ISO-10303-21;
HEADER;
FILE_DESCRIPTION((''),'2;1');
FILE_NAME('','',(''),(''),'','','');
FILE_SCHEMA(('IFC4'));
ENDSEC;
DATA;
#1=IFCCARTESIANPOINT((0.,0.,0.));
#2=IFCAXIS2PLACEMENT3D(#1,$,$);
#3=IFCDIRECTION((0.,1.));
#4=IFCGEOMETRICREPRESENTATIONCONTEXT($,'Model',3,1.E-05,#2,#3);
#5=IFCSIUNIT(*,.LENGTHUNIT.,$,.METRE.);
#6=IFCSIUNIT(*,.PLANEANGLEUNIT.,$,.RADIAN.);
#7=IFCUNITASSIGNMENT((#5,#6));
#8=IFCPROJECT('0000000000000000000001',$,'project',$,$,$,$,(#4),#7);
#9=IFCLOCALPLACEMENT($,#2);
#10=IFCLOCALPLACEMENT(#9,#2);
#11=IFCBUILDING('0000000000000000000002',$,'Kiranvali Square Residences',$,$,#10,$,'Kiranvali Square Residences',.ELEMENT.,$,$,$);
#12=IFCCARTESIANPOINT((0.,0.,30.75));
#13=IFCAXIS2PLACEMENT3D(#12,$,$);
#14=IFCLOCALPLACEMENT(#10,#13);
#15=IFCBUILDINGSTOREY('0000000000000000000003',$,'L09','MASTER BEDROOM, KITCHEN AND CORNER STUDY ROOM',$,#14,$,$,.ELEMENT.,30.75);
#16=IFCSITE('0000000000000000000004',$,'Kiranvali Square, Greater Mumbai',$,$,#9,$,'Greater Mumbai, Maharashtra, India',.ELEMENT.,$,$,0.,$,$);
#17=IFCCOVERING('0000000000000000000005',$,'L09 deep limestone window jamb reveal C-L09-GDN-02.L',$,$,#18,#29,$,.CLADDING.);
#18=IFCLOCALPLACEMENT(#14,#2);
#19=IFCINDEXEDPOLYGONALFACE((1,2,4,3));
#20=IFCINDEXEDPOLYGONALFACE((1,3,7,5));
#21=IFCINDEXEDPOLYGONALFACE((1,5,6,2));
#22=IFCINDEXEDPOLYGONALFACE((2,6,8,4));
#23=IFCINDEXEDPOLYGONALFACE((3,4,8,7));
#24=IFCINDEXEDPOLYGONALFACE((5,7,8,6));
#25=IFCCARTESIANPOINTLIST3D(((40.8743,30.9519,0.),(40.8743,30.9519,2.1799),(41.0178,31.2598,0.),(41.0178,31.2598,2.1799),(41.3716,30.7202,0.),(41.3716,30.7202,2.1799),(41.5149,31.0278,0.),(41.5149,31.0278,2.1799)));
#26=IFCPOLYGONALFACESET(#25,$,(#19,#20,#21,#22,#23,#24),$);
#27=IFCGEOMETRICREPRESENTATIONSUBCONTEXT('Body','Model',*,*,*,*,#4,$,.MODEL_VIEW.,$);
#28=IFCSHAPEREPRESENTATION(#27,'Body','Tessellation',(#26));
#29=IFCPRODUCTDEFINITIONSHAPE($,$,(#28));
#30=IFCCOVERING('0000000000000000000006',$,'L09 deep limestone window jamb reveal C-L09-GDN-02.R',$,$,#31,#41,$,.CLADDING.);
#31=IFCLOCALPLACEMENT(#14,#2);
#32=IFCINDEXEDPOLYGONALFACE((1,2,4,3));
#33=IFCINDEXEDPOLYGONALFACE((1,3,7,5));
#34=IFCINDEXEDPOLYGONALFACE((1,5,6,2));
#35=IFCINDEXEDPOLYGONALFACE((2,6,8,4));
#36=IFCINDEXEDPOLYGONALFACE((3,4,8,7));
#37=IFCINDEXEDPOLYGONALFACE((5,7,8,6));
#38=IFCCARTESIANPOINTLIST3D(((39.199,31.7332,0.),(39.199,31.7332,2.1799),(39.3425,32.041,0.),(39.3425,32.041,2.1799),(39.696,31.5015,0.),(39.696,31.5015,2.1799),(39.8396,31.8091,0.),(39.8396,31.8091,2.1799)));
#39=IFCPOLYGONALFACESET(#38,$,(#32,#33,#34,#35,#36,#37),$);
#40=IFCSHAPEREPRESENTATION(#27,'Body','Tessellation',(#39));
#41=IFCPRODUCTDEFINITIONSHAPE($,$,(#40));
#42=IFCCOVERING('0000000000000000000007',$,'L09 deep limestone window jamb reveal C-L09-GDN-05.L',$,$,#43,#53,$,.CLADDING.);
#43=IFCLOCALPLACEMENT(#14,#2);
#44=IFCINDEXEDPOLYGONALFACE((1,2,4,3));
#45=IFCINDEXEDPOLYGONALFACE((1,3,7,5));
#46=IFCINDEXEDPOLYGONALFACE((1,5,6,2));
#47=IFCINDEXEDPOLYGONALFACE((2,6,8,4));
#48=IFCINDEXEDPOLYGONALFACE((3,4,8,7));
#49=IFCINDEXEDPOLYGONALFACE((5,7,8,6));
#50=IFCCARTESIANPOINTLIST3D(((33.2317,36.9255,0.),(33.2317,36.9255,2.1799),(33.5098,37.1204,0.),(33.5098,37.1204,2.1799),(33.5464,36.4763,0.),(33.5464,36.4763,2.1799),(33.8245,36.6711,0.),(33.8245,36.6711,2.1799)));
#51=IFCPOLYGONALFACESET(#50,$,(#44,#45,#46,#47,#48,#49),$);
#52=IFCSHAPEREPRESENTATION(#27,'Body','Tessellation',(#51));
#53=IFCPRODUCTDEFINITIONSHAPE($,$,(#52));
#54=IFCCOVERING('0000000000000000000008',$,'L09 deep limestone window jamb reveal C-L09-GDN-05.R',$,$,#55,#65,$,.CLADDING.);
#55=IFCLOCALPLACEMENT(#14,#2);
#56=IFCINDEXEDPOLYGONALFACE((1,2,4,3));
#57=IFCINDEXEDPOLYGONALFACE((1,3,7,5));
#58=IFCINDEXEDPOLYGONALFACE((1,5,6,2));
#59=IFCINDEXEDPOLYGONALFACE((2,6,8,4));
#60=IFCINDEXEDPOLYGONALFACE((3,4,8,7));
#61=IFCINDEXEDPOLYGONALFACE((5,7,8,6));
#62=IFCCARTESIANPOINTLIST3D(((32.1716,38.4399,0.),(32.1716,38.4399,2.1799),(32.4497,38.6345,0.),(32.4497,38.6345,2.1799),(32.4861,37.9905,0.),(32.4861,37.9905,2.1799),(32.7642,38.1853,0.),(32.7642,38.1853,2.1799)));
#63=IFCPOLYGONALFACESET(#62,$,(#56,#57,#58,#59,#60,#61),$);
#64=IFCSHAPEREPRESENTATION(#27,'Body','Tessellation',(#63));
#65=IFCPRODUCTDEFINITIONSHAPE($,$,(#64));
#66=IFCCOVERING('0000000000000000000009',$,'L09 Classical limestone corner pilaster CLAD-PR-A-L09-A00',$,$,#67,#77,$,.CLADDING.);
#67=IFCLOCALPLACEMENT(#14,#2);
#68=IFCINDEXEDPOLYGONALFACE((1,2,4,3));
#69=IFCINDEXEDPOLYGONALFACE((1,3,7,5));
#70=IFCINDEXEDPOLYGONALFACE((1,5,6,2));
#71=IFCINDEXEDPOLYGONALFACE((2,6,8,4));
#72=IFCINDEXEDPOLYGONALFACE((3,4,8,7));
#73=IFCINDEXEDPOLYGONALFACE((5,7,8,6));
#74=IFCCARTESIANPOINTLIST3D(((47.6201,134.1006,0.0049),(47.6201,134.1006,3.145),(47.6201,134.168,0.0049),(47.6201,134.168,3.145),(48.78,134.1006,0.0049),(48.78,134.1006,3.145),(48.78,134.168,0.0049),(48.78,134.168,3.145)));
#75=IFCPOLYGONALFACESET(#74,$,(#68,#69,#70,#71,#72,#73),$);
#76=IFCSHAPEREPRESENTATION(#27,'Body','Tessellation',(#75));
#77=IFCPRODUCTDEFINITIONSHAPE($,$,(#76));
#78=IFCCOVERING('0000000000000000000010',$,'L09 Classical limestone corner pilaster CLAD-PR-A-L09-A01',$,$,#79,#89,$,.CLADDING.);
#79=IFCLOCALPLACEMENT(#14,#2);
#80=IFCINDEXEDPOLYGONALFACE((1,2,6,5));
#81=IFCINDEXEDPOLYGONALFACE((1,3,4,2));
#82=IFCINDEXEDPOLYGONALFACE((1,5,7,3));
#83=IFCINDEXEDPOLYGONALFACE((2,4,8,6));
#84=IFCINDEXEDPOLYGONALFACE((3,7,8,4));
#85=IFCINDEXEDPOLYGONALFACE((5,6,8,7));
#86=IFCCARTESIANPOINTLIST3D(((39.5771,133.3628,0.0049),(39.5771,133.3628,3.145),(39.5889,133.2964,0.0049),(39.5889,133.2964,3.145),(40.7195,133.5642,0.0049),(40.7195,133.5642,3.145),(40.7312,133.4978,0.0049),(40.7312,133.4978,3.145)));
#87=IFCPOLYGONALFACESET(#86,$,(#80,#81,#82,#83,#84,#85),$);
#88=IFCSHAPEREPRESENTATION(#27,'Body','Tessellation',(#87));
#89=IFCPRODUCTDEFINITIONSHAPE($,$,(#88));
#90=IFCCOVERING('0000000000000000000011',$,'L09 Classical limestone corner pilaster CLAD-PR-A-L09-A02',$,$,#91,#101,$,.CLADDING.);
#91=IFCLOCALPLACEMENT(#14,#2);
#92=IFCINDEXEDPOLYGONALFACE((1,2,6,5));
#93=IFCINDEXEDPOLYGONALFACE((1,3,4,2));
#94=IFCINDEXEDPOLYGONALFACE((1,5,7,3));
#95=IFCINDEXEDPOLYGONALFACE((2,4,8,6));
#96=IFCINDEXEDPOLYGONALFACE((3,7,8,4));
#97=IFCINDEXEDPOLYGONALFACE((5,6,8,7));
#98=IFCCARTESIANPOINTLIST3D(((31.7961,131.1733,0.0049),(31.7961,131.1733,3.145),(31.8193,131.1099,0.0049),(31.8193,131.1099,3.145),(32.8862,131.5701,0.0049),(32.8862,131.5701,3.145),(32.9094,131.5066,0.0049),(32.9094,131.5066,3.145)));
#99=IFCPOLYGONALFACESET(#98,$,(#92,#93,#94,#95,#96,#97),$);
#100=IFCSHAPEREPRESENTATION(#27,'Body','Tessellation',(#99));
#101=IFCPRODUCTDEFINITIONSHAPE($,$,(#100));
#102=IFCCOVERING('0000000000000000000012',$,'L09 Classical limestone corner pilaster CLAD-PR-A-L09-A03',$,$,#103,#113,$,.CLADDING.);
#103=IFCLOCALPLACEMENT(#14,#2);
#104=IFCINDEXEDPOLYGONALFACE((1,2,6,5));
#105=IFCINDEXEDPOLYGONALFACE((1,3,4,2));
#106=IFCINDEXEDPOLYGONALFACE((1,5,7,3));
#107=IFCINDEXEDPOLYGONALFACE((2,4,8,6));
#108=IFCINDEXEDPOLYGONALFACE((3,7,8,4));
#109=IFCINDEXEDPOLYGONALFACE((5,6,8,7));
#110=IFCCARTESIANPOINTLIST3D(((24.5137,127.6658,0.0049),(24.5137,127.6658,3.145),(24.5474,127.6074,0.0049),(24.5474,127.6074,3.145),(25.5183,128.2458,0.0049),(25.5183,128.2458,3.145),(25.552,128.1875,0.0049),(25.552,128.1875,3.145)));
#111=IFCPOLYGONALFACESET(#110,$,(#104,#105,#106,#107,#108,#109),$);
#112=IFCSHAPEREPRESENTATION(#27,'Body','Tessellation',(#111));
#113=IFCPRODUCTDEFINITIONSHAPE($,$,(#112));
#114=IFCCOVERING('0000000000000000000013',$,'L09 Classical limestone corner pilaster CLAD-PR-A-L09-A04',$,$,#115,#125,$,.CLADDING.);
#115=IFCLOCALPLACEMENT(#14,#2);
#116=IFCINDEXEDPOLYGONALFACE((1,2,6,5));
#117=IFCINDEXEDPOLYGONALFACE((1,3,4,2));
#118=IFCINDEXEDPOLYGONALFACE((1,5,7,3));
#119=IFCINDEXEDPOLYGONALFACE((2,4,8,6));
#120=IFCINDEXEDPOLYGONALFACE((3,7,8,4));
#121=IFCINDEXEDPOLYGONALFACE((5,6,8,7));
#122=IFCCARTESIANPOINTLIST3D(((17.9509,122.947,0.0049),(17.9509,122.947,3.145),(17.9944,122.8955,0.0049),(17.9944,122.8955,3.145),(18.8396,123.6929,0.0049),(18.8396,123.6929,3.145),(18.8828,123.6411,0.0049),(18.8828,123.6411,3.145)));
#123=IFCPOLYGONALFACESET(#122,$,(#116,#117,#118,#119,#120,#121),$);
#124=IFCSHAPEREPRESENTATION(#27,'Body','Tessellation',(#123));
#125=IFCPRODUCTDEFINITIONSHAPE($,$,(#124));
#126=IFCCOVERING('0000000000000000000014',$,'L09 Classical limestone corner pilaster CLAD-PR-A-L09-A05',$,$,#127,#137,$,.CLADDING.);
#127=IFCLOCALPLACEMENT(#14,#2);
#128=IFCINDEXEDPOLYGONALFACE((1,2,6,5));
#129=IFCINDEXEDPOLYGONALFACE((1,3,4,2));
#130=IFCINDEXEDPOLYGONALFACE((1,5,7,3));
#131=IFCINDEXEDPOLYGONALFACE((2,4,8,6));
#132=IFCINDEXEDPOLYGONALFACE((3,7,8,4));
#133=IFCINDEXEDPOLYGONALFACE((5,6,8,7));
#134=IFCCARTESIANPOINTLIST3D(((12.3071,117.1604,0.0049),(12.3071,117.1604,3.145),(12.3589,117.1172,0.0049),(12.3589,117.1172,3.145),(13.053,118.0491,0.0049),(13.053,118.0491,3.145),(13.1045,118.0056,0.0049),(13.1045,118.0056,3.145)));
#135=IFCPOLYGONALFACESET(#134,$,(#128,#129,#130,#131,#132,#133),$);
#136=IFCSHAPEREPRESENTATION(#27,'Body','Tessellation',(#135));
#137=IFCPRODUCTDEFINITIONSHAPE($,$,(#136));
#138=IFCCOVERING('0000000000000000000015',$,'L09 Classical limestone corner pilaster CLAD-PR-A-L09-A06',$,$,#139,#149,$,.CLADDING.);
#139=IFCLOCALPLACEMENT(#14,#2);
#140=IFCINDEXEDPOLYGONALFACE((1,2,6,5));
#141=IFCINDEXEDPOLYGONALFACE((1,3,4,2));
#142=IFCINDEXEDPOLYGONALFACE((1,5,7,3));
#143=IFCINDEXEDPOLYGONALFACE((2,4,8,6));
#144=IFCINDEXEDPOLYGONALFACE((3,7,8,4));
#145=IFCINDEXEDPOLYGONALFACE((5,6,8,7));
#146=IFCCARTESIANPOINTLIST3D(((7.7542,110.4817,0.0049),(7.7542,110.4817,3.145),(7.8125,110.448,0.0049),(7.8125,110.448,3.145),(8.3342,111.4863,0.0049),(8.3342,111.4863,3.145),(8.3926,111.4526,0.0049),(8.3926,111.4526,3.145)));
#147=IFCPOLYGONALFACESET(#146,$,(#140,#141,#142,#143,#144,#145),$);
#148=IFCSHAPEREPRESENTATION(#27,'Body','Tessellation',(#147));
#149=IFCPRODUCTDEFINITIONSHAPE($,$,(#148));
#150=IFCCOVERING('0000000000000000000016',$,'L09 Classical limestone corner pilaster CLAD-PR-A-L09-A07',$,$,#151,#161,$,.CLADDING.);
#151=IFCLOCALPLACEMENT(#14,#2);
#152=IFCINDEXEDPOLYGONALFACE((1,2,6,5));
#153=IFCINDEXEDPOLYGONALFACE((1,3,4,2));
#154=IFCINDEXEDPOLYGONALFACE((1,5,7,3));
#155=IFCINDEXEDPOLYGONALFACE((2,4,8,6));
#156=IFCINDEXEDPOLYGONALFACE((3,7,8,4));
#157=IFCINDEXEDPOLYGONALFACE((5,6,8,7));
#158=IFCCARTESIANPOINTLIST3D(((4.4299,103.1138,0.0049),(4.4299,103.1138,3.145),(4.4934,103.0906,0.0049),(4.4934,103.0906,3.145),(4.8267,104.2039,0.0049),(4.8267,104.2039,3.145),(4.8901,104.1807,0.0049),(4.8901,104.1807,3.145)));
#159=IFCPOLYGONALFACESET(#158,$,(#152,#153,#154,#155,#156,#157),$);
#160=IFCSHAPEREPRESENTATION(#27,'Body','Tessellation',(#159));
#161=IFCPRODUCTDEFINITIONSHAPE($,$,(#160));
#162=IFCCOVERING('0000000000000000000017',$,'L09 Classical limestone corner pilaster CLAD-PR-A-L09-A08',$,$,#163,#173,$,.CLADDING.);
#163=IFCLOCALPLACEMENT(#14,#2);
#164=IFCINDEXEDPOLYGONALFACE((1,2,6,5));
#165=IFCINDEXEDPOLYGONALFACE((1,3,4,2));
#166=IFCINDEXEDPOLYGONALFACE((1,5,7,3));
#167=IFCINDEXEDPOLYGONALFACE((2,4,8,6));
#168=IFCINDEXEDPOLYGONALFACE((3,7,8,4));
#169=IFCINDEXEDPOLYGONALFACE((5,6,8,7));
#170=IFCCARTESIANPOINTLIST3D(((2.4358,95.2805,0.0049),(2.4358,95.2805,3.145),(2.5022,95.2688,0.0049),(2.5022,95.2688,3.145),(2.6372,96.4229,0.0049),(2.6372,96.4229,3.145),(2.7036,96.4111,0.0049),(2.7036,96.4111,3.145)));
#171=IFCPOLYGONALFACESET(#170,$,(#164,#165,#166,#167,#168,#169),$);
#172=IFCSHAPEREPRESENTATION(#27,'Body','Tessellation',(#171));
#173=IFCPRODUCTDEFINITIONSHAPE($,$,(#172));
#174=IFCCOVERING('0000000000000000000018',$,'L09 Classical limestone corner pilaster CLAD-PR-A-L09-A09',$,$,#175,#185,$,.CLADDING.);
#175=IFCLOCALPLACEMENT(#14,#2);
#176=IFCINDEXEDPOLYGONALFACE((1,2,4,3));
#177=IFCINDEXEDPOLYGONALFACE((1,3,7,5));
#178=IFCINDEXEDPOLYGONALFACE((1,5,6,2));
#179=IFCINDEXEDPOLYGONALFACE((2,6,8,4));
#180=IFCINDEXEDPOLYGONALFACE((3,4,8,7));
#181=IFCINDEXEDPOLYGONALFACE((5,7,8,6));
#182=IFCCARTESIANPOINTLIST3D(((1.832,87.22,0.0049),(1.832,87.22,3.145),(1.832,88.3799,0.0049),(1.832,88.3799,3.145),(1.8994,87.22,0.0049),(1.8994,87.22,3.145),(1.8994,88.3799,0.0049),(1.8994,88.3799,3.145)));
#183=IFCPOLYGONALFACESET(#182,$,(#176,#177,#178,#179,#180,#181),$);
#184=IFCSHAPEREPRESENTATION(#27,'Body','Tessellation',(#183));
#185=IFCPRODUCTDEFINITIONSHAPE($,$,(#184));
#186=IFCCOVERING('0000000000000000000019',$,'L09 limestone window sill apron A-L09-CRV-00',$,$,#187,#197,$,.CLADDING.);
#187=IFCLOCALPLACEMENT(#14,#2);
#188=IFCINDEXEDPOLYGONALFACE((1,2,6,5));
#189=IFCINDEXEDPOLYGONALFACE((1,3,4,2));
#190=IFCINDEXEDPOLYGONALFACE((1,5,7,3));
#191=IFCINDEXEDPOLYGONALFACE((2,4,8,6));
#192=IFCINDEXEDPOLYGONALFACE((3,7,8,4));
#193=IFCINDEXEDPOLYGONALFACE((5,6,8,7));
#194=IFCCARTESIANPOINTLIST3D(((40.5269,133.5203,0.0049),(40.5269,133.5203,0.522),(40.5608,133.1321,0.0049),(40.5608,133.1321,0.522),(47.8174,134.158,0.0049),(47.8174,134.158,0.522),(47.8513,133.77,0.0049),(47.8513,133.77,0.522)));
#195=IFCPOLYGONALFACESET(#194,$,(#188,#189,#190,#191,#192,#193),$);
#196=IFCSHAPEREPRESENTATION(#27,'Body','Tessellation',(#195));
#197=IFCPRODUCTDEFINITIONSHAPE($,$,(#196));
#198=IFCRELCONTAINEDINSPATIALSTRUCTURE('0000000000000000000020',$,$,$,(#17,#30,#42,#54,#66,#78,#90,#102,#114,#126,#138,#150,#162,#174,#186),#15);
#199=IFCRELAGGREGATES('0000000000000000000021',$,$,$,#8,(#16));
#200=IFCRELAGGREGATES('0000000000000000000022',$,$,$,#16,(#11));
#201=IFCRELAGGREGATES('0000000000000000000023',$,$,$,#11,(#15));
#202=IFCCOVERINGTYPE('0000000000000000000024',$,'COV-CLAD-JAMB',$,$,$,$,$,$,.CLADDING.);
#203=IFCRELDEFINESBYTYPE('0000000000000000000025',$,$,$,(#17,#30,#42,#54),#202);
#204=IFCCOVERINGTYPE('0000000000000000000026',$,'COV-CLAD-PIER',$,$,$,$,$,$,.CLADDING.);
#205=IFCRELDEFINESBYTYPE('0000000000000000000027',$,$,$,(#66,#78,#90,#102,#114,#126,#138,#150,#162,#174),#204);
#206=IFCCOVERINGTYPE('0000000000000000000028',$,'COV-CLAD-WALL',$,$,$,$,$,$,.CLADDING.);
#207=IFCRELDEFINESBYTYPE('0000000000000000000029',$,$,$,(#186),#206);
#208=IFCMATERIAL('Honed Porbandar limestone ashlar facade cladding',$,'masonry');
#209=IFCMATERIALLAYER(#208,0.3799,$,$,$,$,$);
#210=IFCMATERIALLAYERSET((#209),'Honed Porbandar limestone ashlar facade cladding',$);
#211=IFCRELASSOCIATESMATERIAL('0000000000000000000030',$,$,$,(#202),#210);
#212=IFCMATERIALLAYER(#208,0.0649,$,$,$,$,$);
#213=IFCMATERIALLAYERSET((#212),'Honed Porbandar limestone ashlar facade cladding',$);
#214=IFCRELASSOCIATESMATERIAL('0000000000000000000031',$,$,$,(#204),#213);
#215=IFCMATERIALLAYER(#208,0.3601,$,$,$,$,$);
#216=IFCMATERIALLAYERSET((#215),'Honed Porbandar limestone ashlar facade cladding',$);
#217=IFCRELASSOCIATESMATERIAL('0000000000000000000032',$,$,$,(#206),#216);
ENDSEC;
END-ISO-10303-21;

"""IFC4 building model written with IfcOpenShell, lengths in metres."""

from ifc_helpers import new_model, si_unit, direction, frame, origin, place, context, subcontext, project, spatial, polyline, outline, extrude, material, layer, layer_set, type_object, element, save


model = new_model("IFC4")

# Units and contexts
model_context = context("Model", 3, precision=1e-05, world=origin(), true_north=direction((0.0, 1.0)))
body_context = subcontext(model_context, "Body", "Model", "MODEL_VIEW")
ifc_project = project(units=[si_unit("LENGTHUNIT", "METRE"), si_unit("PLANEANGLEUNIT", "RADIAN")], contexts=[model_context])

# Site, building, storey
site_placement = place(None, origin())
site = spatial("IfcSite", under=ifc_project, at=site_placement, Name="Kiranvali Square, Greater Mumbai", LongName="Greater Mumbai, Maharashtra, India", CompositionType="ELEMENT", RefElevation=0.0)
building_placement = place(site_placement, origin())
building = spatial("IfcBuilding", under=site, at=building_placement, Name="Kiranvali Square Residences", LongName="Kiranvali Square Residences", CompositionType="ELEMENT")
storey_placement = place(building_placement, frame((0.0, 0.0, 30.75)))
storey = spatial("IfcBuildingStorey", under=building, at=storey_placement, Name="L09", Description="MASTER BEDROOM, KITCHEN AND CORNER STUDY ROOM", CompositionType="ELEMENT", Elevation=30.75)

# Coverings
ifc_material = material(Name="Honed Porbandar limestone ashlar facade cladding", Category="masonry")
ifc_layer_1 = layer(ifc_material, 0.3799)
ifc_layer_set_1 = layer_set([ifc_layer_1], Name="Honed Porbandar limestone ashlar facade cladding")
covering_type_1 = type_object("IfcCoveringType", Name="COV-CLAD-JAMB", PredefinedType="CLADDING", material=ifc_layer_set_1)
covering_1_placement = place(storey_placement, origin())
element("IfcCovering", 1, at=covering_1_placement, inside=storey, type_object=covering_type_1, Name="L09 deep limestone window jamb reveal C-L09-GDN-02.L", PredefinedType="CLADDING", context=body_context, shape_type="SweptSolid", body=[
    extrude(outline(polyline([(41.5149, 31.0278), (41.0178, 31.2598), (40.8743, 30.9519), (41.3716, 30.7202), (41.5149, 31.0278)])), origin(), (0.0, 0.0, 1.0), 2.1799),
])
covering_2_placement = place(storey_placement, origin())
element("IfcCovering", 2, at=covering_2_placement, inside=storey, type_object=covering_type_1, Name="L09 deep limestone window jamb reveal C-L09-GDN-02.R", PredefinedType="CLADDING", context=body_context, shape_type="SweptSolid", body=[
    extrude(outline(polyline([(39.8396, 31.8091), (39.3425, 32.041), (39.199, 31.7332), (39.696, 31.5015), (39.8396, 31.8091)])), origin(), (0.0, 0.0, 1.0), 2.1799),
])
covering_3_placement = place(storey_placement, origin())
element("IfcCovering", 3, at=covering_3_placement, inside=storey, type_object=covering_type_1, Name="L09 deep limestone window jamb reveal C-L09-GDN-05.L", PredefinedType="CLADDING", context=body_context, shape_type="SweptSolid", body=[
    extrude(outline(polyline([(33.8245, 36.6711), (33.5098, 37.1204), (33.2317, 36.9255), (33.5464, 36.4763), (33.8245, 36.6711)])), origin(), (0.0, 0.0, 1.0), 2.1799),
])
covering_4_placement = place(storey_placement, origin())
element("IfcCovering", 4, at=covering_4_placement, inside=storey, type_object=covering_type_1, Name="L09 deep limestone window jamb reveal C-L09-GDN-05.R", PredefinedType="CLADDING", context=body_context, shape_type="SweptSolid", body=[
    extrude(outline(polyline([(32.7642, 38.1853), (32.4497, 38.6345), (32.1716, 38.4399), (32.4861, 37.9905), (32.7642, 38.1853)])), origin(), (0.0, 0.0, 1.0), 2.1799),
])
ifc_layer_2 = layer(ifc_material, 0.0649)
ifc_layer_set_2 = layer_set([ifc_layer_2], Name="Honed Porbandar limestone ashlar facade cladding")
covering_type_2 = type_object("IfcCoveringType", Name="COV-CLAD-PIER", PredefinedType="CLADDING", material=ifc_layer_set_2)
covering_5_placement = place(storey_placement, frame((0.0, 0.0, 0.0049)))
element("IfcCovering", 5, at=covering_5_placement, inside=storey, type_object=covering_type_2, Name="L09 Classical limestone corner pilaster CLAD-PR-A-L09-A00", PredefinedType="CLADDING", context=body_context, shape_type="SweptSolid", body=[
    extrude(outline(polyline([(48.78, 134.168), (47.6201, 134.168), (47.6201, 134.1006), (48.78, 134.1006), (48.78, 134.168)])), origin(), (0.0, 0.0, 1.0), 3.1401),
])
covering_6_placement = place(storey_placement, frame((0.0, 0.0, 0.0049)))
element("IfcCovering", 6, at=covering_6_placement, inside=storey, type_object=covering_type_2, Name="L09 Classical limestone corner pilaster CLAD-PR-A-L09-A01", PredefinedType="CLADDING", context=body_context, shape_type="SweptSolid", body=[
    extrude(outline(polyline([(40.7195, 133.5642), (39.5771, 133.3628), (39.5889, 133.2964), (40.7312, 133.4978), (40.7195, 133.5642)])), origin(), (0.0, 0.0, 1.0), 3.1401),
])
covering_7_placement = place(storey_placement, frame((0.0, 0.0, 0.0049)))
element("IfcCovering", 7, at=covering_7_placement, inside=storey, type_object=covering_type_2, Name="L09 Classical limestone corner pilaster CLAD-PR-A-L09-A02", PredefinedType="CLADDING", context=body_context, shape_type="SweptSolid", body=[
    extrude(outline(polyline([(32.8862, 131.5701), (31.7961, 131.1733), (31.8193, 131.1099), (32.9094, 131.5066), (32.8862, 131.5701)])), origin(), (0.0, 0.0, 1.0), 3.1401),
])
covering_8_placement = place(storey_placement, frame((0.0, 0.0, 0.0049)))
element("IfcCovering", 8, at=covering_8_placement, inside=storey, type_object=covering_type_2, Name="L09 Classical limestone corner pilaster CLAD-PR-A-L09-A03", PredefinedType="CLADDING", context=body_context, shape_type="SweptSolid", body=[
    extrude(outline(polyline([(25.5183, 128.2458), (24.5137, 127.6658), (24.5474, 127.6074), (25.552, 128.1875), (25.5183, 128.2458)])), origin(), (0.0, 0.0, 1.0), 3.1401),
])
covering_9_placement = place(storey_placement, frame((0.0, 0.0, 0.0049)))
element("IfcCovering", 9, at=covering_9_placement, inside=storey, type_object=covering_type_2, Name="L09 Classical limestone corner pilaster CLAD-PR-A-L09-A04", PredefinedType="CLADDING", context=body_context, shape_type="SweptSolid", body=[
    extrude(outline(polyline([(18.8396, 123.6929), (17.9509, 122.947), (17.9944, 122.8955), (18.8828, 123.6411), (18.8396, 123.6929)])), origin(), (0.0, 0.0, 1.0), 3.1401),
])
covering_10_placement = place(storey_placement, frame((0.0, 0.0, 0.0049)))
element("IfcCovering", 10, at=covering_10_placement, inside=storey, type_object=covering_type_2, Name="L09 Classical limestone corner pilaster CLAD-PR-A-L09-A05", PredefinedType="CLADDING", context=body_context, shape_type="SweptSolid", body=[
    extrude(outline(polyline([(13.053, 118.0491), (12.3071, 117.1604), (12.3589, 117.1172), (13.1045, 118.0056), (13.053, 118.0491)])), origin(), (0.0, 0.0, 1.0), 3.1401),
])
covering_11_placement = place(storey_placement, frame((0.0, 0.0, 0.0049)))
element("IfcCovering", 11, at=covering_11_placement, inside=storey, type_object=covering_type_2, Name="L09 Classical limestone corner pilaster CLAD-PR-A-L09-A06", PredefinedType="CLADDING", context=body_context, shape_type="SweptSolid", body=[
    extrude(outline(polyline([(8.3342, 111.4863), (7.7542, 110.4817), (7.8125, 110.448), (8.3926, 111.4526), (8.3342, 111.4863)])), origin(), (0.0, 0.0, 1.0), 3.1401),
])
covering_12_placement = place(storey_placement, frame((0.0, 0.0, 0.0049)))
element("IfcCovering", 12, at=covering_12_placement, inside=storey, type_object=covering_type_2, Name="L09 Classical limestone corner pilaster CLAD-PR-A-L09-A07", PredefinedType="CLADDING", context=body_context, shape_type="SweptSolid", body=[
    extrude(outline(polyline([(4.8267, 104.2039), (4.4299, 103.1138), (4.4934, 103.0906), (4.8901, 104.1807), (4.8267, 104.2039)])), origin(), (0.0, 0.0, 1.0), 3.1401),
])
covering_13_placement = place(storey_placement, frame((0.0, 0.0, 0.0049)))
element("IfcCovering", 13, at=covering_13_placement, inside=storey, type_object=covering_type_2, Name="L09 Classical limestone corner pilaster CLAD-PR-A-L09-A08", PredefinedType="CLADDING", context=body_context, shape_type="SweptSolid", body=[
    extrude(outline(polyline([(2.6372, 96.4229), (2.4358, 95.2805), (2.5022, 95.2688), (2.7036, 96.4111), (2.6372, 96.4229)])), origin(), (0.0, 0.0, 1.0), 3.1401),
])
covering_14_placement = place(storey_placement, frame((0.0, 0.0, 0.0049)))
element("IfcCovering", 14, at=covering_14_placement, inside=storey, type_object=covering_type_2, Name="L09 Classical limestone corner pilaster CLAD-PR-A-L09-A09", PredefinedType="CLADDING", context=body_context, shape_type="SweptSolid", body=[
    extrude(outline(polyline([(1.832, 88.3799), (1.832, 87.22), (1.8994, 87.22), (1.8994, 88.3799), (1.832, 88.3799)])), origin(), (0.0, 0.0, 1.0), 3.1401),
])
ifc_layer_3 = layer(ifc_material, 0.3601)
ifc_layer_set_3 = layer_set([ifc_layer_3], Name="Honed Porbandar limestone ashlar facade cladding")
covering_type_3 = type_object("IfcCoveringType", Name="COV-CLAD-WALL", PredefinedType="CLADDING", material=ifc_layer_set_3)
covering_15_placement = place(storey_placement, frame((0.0, 0.0, 0.0049)))
element("IfcCovering", 15, at=covering_15_placement, inside=storey, type_object=covering_type_3, Name="L09 limestone window sill apron A-L09-CRV-00", PredefinedType="CLADDING", context=body_context, shape_type="SweptSolid", body=[
    extrude(outline(polyline([(47.8174, 134.158), (40.5269, 133.5203), (40.5608, 133.1321), (47.8513, 133.77), (47.8174, 134.158)])), origin(), (0.0, 0.0, 1.0), 0.5171),
])

save(model, "model.ifc")
